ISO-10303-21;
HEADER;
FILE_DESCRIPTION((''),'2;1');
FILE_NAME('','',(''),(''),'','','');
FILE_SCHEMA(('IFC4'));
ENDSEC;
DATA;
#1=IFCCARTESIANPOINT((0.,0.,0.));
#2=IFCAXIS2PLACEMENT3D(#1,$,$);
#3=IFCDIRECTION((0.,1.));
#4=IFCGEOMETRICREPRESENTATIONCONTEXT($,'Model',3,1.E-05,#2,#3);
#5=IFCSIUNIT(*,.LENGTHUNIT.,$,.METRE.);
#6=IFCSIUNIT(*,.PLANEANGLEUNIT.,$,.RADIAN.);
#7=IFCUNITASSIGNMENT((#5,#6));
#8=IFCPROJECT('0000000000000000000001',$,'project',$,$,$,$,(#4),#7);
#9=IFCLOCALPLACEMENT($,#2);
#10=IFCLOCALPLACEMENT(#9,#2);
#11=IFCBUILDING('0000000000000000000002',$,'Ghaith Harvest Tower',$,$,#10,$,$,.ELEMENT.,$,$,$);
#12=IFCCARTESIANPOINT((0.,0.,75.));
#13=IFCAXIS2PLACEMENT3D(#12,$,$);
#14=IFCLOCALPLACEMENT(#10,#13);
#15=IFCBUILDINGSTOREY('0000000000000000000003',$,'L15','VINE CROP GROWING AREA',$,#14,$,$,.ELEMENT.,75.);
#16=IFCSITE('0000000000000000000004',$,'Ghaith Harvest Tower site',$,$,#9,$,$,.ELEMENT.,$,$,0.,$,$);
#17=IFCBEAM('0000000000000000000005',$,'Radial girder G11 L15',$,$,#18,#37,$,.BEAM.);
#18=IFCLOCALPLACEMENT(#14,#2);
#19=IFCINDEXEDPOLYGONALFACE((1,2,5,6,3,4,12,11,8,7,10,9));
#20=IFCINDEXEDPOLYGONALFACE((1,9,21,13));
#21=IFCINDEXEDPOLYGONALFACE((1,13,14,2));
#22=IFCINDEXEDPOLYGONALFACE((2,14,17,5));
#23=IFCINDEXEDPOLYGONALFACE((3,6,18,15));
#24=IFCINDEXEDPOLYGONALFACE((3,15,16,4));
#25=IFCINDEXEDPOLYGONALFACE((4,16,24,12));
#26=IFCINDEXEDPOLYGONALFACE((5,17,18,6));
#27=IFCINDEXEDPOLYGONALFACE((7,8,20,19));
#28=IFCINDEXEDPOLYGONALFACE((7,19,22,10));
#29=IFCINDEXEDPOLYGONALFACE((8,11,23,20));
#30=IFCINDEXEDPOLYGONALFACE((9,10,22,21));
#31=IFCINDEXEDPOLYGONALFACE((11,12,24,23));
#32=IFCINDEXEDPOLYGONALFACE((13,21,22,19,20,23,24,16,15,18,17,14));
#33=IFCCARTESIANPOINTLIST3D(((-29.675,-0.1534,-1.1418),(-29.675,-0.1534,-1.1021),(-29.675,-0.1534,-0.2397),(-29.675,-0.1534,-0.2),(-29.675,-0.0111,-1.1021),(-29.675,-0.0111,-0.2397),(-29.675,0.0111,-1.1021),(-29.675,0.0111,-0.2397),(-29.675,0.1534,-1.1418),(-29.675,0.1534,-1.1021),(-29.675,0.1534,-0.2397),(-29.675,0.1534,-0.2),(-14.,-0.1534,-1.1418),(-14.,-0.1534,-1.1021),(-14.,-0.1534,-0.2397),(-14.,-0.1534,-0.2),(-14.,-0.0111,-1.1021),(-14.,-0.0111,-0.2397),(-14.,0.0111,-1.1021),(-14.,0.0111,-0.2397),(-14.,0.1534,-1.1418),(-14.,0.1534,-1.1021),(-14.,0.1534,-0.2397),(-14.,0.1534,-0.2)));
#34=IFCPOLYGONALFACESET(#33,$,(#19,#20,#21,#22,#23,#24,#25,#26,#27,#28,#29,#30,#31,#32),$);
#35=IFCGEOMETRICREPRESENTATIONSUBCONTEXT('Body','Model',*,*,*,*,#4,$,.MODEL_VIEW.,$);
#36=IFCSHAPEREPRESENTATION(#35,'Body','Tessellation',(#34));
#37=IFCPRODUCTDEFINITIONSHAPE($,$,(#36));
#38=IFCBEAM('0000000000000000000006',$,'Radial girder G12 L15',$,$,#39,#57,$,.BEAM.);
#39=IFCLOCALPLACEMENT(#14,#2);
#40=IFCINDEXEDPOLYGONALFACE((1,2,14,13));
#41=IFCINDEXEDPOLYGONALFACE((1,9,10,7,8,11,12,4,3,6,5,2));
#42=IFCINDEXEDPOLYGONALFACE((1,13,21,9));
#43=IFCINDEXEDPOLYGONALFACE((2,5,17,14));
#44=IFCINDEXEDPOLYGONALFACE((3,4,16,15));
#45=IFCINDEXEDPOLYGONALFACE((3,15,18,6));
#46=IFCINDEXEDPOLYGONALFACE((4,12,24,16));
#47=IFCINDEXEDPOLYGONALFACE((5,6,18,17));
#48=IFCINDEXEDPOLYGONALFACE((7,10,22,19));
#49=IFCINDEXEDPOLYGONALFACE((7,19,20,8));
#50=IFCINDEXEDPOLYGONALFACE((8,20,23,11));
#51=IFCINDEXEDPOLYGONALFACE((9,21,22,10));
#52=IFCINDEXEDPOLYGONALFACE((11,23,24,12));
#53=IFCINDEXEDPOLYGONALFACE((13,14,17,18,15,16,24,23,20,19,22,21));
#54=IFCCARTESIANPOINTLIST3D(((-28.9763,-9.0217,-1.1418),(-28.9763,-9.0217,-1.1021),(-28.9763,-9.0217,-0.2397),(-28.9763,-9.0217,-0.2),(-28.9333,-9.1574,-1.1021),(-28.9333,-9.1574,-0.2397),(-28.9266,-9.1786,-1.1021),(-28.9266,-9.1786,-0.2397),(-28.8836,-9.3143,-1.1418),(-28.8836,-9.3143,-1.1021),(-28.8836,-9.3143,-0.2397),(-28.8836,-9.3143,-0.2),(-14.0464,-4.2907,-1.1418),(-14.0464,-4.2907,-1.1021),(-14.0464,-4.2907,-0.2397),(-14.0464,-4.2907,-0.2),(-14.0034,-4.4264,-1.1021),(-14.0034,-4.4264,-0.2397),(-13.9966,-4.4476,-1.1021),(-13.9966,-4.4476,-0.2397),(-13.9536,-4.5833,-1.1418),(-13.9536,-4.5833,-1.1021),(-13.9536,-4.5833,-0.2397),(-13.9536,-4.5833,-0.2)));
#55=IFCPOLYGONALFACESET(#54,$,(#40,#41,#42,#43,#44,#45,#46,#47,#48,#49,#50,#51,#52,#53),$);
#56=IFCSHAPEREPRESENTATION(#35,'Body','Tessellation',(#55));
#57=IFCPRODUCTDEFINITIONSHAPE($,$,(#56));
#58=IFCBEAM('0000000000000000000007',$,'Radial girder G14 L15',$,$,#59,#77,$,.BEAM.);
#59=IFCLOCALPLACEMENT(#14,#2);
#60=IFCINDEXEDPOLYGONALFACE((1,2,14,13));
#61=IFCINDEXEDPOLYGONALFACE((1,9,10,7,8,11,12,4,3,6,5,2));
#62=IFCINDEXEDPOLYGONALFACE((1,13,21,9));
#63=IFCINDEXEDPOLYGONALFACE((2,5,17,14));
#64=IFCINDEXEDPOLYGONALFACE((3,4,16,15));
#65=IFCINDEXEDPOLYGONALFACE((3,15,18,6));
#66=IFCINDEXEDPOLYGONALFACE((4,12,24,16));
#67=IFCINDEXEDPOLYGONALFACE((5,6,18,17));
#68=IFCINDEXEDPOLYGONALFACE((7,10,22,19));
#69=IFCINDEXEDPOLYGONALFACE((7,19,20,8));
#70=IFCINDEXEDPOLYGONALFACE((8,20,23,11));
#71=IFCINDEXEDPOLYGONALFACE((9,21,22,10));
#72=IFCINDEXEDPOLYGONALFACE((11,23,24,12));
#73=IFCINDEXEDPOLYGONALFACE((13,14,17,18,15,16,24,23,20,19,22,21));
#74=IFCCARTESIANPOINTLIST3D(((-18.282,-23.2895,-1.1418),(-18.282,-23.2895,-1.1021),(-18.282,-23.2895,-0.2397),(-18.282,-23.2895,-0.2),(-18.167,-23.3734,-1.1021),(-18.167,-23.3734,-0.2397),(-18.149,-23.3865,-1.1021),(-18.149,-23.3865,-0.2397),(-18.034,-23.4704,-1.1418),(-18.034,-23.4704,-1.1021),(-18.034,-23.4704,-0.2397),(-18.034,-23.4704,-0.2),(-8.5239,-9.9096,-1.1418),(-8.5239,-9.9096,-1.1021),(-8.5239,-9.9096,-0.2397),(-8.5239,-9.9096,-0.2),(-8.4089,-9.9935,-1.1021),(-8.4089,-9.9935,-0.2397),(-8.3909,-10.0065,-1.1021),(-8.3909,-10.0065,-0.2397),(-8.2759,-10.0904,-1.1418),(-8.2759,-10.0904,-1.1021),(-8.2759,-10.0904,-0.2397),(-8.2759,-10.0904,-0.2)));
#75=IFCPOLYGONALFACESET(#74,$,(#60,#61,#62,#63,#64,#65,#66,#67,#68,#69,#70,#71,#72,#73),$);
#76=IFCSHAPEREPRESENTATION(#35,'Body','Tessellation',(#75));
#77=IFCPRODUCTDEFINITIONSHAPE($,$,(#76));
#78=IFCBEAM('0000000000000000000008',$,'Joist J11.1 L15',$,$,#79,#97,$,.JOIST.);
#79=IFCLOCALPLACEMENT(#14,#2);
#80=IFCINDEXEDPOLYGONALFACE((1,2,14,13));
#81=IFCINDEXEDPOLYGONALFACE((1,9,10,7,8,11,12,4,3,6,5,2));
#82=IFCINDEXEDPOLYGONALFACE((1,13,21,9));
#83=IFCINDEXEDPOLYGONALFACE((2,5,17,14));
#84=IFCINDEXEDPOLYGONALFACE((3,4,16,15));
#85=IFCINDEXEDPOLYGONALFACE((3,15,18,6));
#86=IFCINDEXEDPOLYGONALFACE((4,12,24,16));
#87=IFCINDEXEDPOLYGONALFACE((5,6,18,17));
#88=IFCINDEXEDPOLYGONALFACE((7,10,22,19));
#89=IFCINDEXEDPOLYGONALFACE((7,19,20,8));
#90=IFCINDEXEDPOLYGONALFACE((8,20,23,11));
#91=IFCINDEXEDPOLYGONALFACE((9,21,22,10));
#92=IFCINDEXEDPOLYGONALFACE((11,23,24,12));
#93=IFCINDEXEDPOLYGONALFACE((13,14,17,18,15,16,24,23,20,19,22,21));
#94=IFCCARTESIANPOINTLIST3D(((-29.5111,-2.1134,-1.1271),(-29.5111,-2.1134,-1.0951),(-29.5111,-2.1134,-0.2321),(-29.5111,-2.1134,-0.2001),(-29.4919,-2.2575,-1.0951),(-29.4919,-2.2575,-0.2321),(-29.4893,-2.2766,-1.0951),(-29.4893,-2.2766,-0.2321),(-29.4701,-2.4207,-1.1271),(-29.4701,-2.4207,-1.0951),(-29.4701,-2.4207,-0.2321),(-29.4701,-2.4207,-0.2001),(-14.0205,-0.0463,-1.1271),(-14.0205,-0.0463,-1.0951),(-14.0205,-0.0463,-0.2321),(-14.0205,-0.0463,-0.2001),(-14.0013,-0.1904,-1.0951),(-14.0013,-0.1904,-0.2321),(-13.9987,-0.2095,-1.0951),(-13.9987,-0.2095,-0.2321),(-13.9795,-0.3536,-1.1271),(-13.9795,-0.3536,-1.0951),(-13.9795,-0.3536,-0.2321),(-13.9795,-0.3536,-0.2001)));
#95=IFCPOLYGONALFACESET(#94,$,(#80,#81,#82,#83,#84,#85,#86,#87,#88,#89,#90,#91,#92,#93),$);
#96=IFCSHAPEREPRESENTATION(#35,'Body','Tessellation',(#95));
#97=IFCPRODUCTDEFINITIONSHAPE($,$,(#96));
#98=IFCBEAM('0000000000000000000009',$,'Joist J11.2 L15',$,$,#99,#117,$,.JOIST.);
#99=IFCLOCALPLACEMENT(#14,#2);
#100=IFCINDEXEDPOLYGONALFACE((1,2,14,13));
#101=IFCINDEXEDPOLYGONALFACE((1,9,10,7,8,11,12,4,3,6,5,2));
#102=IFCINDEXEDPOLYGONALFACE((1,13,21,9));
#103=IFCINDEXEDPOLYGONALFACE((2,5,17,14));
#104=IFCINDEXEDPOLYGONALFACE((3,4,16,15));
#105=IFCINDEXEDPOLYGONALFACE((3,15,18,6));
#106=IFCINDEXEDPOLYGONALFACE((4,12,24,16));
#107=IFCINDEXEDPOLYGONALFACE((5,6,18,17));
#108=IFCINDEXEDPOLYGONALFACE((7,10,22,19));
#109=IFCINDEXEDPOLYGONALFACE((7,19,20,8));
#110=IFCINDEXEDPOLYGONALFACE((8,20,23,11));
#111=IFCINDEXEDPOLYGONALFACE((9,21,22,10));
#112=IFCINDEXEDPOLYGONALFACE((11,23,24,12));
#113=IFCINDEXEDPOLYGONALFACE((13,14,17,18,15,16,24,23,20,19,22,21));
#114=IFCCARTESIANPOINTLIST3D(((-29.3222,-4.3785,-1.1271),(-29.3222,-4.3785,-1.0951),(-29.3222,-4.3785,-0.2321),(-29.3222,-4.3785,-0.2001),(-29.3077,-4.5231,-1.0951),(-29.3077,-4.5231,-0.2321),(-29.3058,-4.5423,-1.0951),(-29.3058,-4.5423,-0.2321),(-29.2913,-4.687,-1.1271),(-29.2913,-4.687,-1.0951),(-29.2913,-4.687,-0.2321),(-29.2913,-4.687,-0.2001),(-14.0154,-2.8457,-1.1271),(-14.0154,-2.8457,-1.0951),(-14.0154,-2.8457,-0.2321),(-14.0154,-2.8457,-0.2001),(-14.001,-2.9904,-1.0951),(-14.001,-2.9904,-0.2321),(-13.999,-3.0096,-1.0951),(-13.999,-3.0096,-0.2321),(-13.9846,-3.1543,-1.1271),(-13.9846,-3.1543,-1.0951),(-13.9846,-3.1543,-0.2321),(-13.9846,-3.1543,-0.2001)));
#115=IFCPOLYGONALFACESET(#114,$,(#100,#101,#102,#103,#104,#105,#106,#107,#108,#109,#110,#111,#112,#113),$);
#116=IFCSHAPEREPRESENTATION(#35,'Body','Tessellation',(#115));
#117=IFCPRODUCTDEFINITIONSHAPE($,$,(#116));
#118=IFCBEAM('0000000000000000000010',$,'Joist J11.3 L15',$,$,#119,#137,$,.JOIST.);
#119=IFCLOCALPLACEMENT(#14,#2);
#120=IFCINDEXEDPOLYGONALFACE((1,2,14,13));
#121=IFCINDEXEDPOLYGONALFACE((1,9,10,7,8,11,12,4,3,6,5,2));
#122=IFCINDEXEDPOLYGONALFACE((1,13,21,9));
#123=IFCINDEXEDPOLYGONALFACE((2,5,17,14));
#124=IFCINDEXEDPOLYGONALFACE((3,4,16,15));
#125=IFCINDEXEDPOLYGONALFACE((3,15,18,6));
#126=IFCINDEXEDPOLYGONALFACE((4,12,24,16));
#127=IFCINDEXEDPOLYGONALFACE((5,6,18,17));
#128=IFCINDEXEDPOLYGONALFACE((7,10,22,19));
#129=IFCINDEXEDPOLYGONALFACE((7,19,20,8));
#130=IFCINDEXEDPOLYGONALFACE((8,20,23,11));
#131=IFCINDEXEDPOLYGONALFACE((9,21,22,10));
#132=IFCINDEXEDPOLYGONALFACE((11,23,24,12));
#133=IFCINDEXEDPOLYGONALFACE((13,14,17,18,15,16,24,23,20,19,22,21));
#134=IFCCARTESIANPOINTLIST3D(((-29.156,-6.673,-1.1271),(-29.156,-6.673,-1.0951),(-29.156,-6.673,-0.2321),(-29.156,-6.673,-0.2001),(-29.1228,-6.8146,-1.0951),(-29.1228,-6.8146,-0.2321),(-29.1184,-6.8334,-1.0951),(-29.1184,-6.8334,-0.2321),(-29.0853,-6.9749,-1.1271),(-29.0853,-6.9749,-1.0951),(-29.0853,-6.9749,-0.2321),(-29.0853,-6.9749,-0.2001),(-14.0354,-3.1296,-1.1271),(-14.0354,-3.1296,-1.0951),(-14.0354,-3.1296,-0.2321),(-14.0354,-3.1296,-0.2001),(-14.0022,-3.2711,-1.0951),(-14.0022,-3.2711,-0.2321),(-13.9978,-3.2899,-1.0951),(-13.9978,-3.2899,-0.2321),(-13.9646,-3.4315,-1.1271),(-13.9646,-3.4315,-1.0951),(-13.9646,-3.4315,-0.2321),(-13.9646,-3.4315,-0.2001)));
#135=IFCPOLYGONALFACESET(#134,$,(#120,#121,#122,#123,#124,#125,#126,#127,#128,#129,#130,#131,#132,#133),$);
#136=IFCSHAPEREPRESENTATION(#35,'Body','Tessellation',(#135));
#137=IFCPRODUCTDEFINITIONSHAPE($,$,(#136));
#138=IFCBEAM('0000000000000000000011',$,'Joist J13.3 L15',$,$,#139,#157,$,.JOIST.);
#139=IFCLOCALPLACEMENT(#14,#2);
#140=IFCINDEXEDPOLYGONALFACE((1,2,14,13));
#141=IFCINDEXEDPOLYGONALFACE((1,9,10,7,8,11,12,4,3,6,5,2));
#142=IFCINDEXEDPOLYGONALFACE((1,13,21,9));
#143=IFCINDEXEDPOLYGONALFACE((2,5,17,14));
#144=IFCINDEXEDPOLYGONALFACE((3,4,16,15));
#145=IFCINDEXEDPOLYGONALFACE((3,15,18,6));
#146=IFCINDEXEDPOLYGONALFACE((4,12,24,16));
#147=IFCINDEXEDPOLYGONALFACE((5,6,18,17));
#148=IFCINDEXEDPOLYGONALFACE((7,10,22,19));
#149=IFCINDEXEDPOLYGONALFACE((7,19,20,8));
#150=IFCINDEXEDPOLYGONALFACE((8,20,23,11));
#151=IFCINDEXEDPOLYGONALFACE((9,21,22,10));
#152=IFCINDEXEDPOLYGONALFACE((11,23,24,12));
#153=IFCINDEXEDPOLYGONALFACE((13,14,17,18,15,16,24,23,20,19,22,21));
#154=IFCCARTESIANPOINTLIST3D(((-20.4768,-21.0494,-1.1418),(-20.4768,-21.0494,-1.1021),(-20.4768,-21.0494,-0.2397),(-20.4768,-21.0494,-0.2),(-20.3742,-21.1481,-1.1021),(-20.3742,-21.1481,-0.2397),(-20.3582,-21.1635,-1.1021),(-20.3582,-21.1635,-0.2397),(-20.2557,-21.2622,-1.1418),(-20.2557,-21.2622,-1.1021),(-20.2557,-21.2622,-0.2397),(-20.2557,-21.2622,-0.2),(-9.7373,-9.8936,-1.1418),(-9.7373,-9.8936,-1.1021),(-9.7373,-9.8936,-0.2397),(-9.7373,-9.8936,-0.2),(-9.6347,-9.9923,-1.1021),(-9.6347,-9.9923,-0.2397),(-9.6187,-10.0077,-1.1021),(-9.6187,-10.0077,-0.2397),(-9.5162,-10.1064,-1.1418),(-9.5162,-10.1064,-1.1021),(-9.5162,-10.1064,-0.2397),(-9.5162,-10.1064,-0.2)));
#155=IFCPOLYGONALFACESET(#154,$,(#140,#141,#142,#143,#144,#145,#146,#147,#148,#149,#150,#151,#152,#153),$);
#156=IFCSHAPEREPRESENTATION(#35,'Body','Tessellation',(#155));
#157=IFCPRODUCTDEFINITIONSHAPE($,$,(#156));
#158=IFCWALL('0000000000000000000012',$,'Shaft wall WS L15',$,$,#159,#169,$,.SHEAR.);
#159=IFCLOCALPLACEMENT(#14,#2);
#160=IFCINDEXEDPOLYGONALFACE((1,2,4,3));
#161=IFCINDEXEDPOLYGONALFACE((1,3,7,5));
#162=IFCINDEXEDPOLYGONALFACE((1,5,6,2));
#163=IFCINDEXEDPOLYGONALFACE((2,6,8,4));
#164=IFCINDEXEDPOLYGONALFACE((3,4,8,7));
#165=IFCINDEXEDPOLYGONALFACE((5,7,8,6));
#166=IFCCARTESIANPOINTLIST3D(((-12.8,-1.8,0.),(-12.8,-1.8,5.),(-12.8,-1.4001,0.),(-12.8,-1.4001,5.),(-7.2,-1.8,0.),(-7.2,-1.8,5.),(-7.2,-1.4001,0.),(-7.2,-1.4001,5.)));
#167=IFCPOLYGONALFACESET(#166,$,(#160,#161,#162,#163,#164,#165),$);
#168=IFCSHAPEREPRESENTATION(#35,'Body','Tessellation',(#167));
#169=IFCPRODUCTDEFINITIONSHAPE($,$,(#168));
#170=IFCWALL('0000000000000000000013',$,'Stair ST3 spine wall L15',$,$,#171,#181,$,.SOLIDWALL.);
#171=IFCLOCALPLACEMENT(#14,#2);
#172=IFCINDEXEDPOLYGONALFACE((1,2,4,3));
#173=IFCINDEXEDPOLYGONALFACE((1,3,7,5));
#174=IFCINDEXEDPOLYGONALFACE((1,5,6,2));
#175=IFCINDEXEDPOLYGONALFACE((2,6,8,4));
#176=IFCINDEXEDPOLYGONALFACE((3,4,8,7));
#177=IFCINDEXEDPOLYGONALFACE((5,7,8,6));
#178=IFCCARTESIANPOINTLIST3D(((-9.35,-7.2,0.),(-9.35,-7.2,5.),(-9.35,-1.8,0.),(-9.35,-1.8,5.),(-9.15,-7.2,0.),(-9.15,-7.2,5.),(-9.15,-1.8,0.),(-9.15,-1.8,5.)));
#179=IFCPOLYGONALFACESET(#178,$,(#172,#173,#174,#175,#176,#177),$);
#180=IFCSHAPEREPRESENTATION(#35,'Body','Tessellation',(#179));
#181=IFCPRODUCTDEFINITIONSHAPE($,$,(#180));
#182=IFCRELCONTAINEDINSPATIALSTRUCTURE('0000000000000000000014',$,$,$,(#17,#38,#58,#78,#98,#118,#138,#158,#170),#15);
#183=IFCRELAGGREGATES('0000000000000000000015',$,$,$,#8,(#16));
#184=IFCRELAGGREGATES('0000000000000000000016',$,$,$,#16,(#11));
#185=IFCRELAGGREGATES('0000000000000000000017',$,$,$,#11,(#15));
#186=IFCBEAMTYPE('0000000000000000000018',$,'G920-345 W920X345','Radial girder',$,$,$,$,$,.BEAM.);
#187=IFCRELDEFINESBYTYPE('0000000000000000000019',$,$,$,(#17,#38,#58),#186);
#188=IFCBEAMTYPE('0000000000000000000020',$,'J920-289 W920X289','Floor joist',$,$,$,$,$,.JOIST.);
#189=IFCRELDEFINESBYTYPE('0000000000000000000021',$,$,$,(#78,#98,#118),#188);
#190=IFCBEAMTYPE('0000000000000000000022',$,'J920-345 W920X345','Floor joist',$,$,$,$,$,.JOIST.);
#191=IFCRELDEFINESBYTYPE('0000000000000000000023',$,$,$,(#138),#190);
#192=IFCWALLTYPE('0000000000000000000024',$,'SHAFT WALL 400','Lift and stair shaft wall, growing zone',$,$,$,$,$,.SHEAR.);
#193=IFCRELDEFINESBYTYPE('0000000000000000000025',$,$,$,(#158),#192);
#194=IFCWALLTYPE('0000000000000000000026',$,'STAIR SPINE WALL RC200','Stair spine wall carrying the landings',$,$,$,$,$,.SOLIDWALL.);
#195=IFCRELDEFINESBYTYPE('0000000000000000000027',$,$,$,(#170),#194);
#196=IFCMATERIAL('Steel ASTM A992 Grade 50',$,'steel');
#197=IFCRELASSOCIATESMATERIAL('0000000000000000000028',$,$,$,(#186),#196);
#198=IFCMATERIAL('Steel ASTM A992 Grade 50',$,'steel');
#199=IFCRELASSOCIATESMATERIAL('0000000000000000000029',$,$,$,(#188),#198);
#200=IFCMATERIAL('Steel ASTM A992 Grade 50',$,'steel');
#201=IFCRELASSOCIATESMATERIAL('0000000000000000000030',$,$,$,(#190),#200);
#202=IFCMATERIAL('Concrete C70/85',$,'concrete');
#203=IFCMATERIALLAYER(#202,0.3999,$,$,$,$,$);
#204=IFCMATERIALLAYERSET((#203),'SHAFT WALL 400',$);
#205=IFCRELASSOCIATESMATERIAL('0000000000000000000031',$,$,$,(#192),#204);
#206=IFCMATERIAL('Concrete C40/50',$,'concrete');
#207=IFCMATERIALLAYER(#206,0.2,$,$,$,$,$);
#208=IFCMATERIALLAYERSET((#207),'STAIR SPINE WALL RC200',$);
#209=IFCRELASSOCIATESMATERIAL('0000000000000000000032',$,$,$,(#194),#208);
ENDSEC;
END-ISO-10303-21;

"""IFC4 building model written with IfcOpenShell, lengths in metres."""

from ifc_helpers import new_model, si_unit, direction, frame, frame_2d, origin, origin_2d, place, context, subcontext, project, spatial, rectangle, i_section, extrude, material, layer, layer_set, material_profile, profile_set, type_object, element, save


model = new_model("IFC4")

# Units and contexts
model_context = context("Model", 3, precision=1e-05, world=origin(), true_north=direction((0.0, 1.0)))
body_context = subcontext(model_context, "Body", "Model", "MODEL_VIEW")
ifc_project = project(units=[si_unit("LENGTHUNIT", "METRE"), si_unit("PLANEANGLEUNIT", "RADIAN")], contexts=[model_context])

# Site, building, storey
site_placement = place(None, origin())
site = spatial("IfcSite", under=ifc_project, at=site_placement, Name="Ghaith Harvest Tower site", CompositionType="ELEMENT", RefElevation=0.0)
building_placement = place(site_placement, origin())
building = spatial("IfcBuilding", under=site, at=building_placement, Name="Ghaith Harvest Tower", CompositionType="ELEMENT")
storey_placement = place(building_placement, frame((0.0, 0.0, 75.0)))
storey = spatial("IfcBuildingStorey", under=building, at=storey_placement, Name="L15", Description="VINE CROP GROWING AREA", CompositionType="ELEMENT", Elevation=75.0)

# Beams
ifc_material_1 = material(Name="Steel ASTM A992 Grade 50", Category="steel")
ifc_material_profile_1 = material_profile(ifc_material_1, i_section(OverallWidth=0.3069, OverallDepth=0.9419, WebThickness=0.0222, FlangeThickness=0.0398, at=origin_2d()), Name="W920X345")
ifc_profile_set_1 = profile_set([ifc_material_profile_1], Name="Steel ASTM A992 Grade 50")
beam_type_1 = type_object("IfcBeamType", Name="G920-345 W920X345", Description="Radial girder", PredefinedType="BEAM", material=ifc_profile_set_1)
beam_1_placement = place(storey_placement, frame((-14.0, 0.0, -0.6709), z_axis=(-1.0, 0.0, 0.0), x_axis=(0.0, -1.0, 0.0)))
element("IfcBeam", 1, at=beam_1_placement, inside=storey, type_object=beam_type_1, Name="Radial girder G11 L15", PredefinedType="BEAM", context=body_context, shape_type="SweptSolid", body=[
    extrude(i_section(OverallWidth=0.3069, OverallDepth=0.9419, WebThickness=0.0222, FlangeThickness=0.0398, at=origin_2d()), origin(), (0.0, 0.0, 1.0), 15.675),
])
beam_2_placement = place(storey_placement, frame((-14.0, -4.437, -0.6709), z_axis=(-0.953284, -0.302074, 0.0), x_axis=(0.302074, -0.953284, 0.0)))
element("IfcBeam", 2, at=beam_2_placement, inside=storey, type_object=beam_type_1, Name="Radial girder G12 L15", PredefinedType="BEAM", context=body_context, shape_type="SweptSolid", body=[
    extrude(i_section(OverallWidth=0.3069, OverallDepth=0.9419, WebThickness=0.0222, FlangeThickness=0.0398, at=origin_2d()), origin(), (0.0, 0.0, 1.0), 15.6616),
])
beam_3_placement = place(storey_placement, frame((-8.3999, -10.0, -0.6709), z_axis=(-0.589247, -0.807953, 0.0), x_axis=(0.807953, -0.589247, 0.0)))
element("IfcBeam", 3, at=beam_3_placement, inside=storey, type_object=beam_type_1, Name="Radial girder G14 L15", PredefinedType="BEAM", context=body_context, shape_type="SweptSolid", body=[
    extrude(i_section(OverallWidth=0.3069, OverallDepth=0.9419, WebThickness=0.0222, FlangeThickness=0.0398, at=origin_2d()), origin(), (0.0, 0.0, 1.0), 16.5603),
])
ifc_material_2 = material(Name="Steel ASTM A992 Grade 50", Category="steel")
ifc_material_profile_2 = material_profile(ifc_material_2, i_section(OverallWidth=0.3101, OverallDepth=0.927, WebThickness=0.0193, FlangeThickness=0.032, at=origin_2d()), Name="W920X289")
ifc_profile_set_2 = profile_set([ifc_material_profile_2], Name="Steel ASTM A992 Grade 50")
beam_type_2 = type_object("IfcBeamType", Name="J920-289 W920X289", Description="Floor joist", PredefinedType="JOIST", material=ifc_profile_set_2)
beam_4_placement = place(storey_placement, frame((-14.0, -0.2, -0.6636), z_axis=(-0.991214, -0.132271, 0.0), x_axis=(0.132271, -0.991214, 0.0)))
element("IfcBeam", 4, at=beam_4_placement, inside=storey, type_object=beam_type_2, Name="Joist J11.1 L15", PredefinedType="JOIST", context=body_context, shape_type="SweptSolid", body=[
    extrude(i_section(OverallWidth=0.3101, OverallDepth=0.927, WebThickness=0.0193, FlangeThickness=0.032, at=origin_2d()), origin(), (0.0, 0.0, 1.0), 15.6279),
])
beam_5_placement = place(storey_placement, frame((-14.0, -3.0, -0.6636), z_axis=(-0.995024, -0.099636, 0.0), x_axis=(0.099636, -0.995024, 0.0)))
element("IfcBeam", 5, at=beam_5_placement, inside=storey, type_object=beam_type_2, Name="Joist J11.2 L15", PredefinedType="JOIST", context=body_context, shape_type="SweptSolid", body=[
    extrude(i_section(OverallWidth=0.3101, OverallDepth=0.927, WebThickness=0.0193, FlangeThickness=0.032, at=origin_2d()), origin(), (0.0, 0.0, 1.0), 15.3833),
])
beam_6_placement = place(storey_placement, frame((-14.0, -3.2805, -0.6636), z_axis=(-0.973623, -0.228165, 0.0), x_axis=(0.228165, -0.973623, 0.0)))
element("IfcBeam", 6, at=beam_6_placement, inside=storey, type_object=beam_type_2, Name="Joist J11.3 L15", PredefinedType="JOIST", context=body_context, shape_type="SweptSolid", body=[
    extrude(i_section(OverallWidth=0.3101, OverallDepth=0.927, WebThickness=0.0193, FlangeThickness=0.032, at=origin_2d()), origin(), (0.0, 0.0, 1.0), 15.5303),
])
ifc_material_3 = material(Name="Steel ASTM A992 Grade 50", Category="steel")
ifc_material_profile_3 = material_profile(ifc_material_3, i_section(OverallWidth=0.3069, OverallDepth=0.9419, WebThickness=0.0222, FlangeThickness=0.0398, at=origin_2d()), Name="W920X345")
ifc_profile_set_3 = profile_set([ifc_material_profile_3], Name="Steel ASTM A992 Grade 50")
beam_type_3 = type_object("IfcBeamType", Name="J920-345 W920X345", Description="Floor joist", PredefinedType="JOIST", material=ifc_profile_set_3)
beam_7_placement = place(storey_placement, frame((-9.6267, -10.0, -0.6709), z_axis=(-0.693538, -0.72042, 0.0), x_axis=(0.72042, -0.693538, 0.0)))
element("IfcBeam", 7, at=beam_7_placement, inside=storey, type_object=beam_type_3, Name="Joist J13.3 L15", PredefinedType="JOIST", context=body_context, shape_type="SweptSolid", body=[
    extrude(i_section(OverallWidth=0.3069, OverallDepth=0.9419, WebThickness=0.0222, FlangeThickness=0.0398, at=origin_2d()), origin(), (0.0, 0.0, 1.0), 15.4851),
])

# Walls
ifc_material_4 = material(Name="Concrete C70/85", Category="concrete")
ifc_layer_1 = layer(ifc_material_4, 0.3999)
ifc_layer_set_1 = layer_set([ifc_layer_1], Name="SHAFT WALL 400")
wall_type_1 = type_object("IfcWallType", Name="SHAFT WALL 400", Description="Lift and stair shaft wall, growing zone", PredefinedType="SHEAR", material=ifc_layer_set_1)
wall_1_placement = place(storey_placement, frame((-12.8, -1.6001, 0.0), z_axis=(0.0, 0.0, 1.0), x_axis=(1.0, 0.0, 0.0)))
element("IfcWall", 8, at=wall_1_placement, inside=storey, type_object=wall_type_1, Name="Shaft wall WS L15", PredefinedType="SHEAR", context=body_context, shape_type="SweptSolid", body=[
    extrude(rectangle(XDim=5.6001, YDim=0.3999, at=frame_2d((2.8, 0.0))), origin(), (0.0, 0.0, 1.0), 5.0),
])
ifc_material_5 = material(Name="Concrete C40/50", Category="concrete")
ifc_layer_2 = layer(ifc_material_5, 0.2)
ifc_layer_set_2 = layer_set([ifc_layer_2], Name="STAIR SPINE WALL RC200")
wall_type_2 = type_object("IfcWallType", Name="STAIR SPINE WALL RC200", Description="Stair spine wall carrying the landings", PredefinedType="SOLIDWALL", material=ifc_layer_set_2)
wall_2_placement = place(storey_placement, frame((-9.25, -7.2, 0.0), z_axis=(0.0, 0.0, 1.0), x_axis=(0.0, 1.0, 0.0)))
element("IfcWall", 9, at=wall_2_placement, inside=storey, type_object=wall_type_2, Name="Stair ST3 spine wall L15", PredefinedType="SOLIDWALL", context=body_context, shape_type="SweptSolid", body=[
    extrude(rectangle(XDim=5.3999, YDim=0.2, at=frame_2d((2.7, 0.0))), origin(), (0.0, 0.0, 1.0), 5.0),
])

save(model, "model.ifc")
